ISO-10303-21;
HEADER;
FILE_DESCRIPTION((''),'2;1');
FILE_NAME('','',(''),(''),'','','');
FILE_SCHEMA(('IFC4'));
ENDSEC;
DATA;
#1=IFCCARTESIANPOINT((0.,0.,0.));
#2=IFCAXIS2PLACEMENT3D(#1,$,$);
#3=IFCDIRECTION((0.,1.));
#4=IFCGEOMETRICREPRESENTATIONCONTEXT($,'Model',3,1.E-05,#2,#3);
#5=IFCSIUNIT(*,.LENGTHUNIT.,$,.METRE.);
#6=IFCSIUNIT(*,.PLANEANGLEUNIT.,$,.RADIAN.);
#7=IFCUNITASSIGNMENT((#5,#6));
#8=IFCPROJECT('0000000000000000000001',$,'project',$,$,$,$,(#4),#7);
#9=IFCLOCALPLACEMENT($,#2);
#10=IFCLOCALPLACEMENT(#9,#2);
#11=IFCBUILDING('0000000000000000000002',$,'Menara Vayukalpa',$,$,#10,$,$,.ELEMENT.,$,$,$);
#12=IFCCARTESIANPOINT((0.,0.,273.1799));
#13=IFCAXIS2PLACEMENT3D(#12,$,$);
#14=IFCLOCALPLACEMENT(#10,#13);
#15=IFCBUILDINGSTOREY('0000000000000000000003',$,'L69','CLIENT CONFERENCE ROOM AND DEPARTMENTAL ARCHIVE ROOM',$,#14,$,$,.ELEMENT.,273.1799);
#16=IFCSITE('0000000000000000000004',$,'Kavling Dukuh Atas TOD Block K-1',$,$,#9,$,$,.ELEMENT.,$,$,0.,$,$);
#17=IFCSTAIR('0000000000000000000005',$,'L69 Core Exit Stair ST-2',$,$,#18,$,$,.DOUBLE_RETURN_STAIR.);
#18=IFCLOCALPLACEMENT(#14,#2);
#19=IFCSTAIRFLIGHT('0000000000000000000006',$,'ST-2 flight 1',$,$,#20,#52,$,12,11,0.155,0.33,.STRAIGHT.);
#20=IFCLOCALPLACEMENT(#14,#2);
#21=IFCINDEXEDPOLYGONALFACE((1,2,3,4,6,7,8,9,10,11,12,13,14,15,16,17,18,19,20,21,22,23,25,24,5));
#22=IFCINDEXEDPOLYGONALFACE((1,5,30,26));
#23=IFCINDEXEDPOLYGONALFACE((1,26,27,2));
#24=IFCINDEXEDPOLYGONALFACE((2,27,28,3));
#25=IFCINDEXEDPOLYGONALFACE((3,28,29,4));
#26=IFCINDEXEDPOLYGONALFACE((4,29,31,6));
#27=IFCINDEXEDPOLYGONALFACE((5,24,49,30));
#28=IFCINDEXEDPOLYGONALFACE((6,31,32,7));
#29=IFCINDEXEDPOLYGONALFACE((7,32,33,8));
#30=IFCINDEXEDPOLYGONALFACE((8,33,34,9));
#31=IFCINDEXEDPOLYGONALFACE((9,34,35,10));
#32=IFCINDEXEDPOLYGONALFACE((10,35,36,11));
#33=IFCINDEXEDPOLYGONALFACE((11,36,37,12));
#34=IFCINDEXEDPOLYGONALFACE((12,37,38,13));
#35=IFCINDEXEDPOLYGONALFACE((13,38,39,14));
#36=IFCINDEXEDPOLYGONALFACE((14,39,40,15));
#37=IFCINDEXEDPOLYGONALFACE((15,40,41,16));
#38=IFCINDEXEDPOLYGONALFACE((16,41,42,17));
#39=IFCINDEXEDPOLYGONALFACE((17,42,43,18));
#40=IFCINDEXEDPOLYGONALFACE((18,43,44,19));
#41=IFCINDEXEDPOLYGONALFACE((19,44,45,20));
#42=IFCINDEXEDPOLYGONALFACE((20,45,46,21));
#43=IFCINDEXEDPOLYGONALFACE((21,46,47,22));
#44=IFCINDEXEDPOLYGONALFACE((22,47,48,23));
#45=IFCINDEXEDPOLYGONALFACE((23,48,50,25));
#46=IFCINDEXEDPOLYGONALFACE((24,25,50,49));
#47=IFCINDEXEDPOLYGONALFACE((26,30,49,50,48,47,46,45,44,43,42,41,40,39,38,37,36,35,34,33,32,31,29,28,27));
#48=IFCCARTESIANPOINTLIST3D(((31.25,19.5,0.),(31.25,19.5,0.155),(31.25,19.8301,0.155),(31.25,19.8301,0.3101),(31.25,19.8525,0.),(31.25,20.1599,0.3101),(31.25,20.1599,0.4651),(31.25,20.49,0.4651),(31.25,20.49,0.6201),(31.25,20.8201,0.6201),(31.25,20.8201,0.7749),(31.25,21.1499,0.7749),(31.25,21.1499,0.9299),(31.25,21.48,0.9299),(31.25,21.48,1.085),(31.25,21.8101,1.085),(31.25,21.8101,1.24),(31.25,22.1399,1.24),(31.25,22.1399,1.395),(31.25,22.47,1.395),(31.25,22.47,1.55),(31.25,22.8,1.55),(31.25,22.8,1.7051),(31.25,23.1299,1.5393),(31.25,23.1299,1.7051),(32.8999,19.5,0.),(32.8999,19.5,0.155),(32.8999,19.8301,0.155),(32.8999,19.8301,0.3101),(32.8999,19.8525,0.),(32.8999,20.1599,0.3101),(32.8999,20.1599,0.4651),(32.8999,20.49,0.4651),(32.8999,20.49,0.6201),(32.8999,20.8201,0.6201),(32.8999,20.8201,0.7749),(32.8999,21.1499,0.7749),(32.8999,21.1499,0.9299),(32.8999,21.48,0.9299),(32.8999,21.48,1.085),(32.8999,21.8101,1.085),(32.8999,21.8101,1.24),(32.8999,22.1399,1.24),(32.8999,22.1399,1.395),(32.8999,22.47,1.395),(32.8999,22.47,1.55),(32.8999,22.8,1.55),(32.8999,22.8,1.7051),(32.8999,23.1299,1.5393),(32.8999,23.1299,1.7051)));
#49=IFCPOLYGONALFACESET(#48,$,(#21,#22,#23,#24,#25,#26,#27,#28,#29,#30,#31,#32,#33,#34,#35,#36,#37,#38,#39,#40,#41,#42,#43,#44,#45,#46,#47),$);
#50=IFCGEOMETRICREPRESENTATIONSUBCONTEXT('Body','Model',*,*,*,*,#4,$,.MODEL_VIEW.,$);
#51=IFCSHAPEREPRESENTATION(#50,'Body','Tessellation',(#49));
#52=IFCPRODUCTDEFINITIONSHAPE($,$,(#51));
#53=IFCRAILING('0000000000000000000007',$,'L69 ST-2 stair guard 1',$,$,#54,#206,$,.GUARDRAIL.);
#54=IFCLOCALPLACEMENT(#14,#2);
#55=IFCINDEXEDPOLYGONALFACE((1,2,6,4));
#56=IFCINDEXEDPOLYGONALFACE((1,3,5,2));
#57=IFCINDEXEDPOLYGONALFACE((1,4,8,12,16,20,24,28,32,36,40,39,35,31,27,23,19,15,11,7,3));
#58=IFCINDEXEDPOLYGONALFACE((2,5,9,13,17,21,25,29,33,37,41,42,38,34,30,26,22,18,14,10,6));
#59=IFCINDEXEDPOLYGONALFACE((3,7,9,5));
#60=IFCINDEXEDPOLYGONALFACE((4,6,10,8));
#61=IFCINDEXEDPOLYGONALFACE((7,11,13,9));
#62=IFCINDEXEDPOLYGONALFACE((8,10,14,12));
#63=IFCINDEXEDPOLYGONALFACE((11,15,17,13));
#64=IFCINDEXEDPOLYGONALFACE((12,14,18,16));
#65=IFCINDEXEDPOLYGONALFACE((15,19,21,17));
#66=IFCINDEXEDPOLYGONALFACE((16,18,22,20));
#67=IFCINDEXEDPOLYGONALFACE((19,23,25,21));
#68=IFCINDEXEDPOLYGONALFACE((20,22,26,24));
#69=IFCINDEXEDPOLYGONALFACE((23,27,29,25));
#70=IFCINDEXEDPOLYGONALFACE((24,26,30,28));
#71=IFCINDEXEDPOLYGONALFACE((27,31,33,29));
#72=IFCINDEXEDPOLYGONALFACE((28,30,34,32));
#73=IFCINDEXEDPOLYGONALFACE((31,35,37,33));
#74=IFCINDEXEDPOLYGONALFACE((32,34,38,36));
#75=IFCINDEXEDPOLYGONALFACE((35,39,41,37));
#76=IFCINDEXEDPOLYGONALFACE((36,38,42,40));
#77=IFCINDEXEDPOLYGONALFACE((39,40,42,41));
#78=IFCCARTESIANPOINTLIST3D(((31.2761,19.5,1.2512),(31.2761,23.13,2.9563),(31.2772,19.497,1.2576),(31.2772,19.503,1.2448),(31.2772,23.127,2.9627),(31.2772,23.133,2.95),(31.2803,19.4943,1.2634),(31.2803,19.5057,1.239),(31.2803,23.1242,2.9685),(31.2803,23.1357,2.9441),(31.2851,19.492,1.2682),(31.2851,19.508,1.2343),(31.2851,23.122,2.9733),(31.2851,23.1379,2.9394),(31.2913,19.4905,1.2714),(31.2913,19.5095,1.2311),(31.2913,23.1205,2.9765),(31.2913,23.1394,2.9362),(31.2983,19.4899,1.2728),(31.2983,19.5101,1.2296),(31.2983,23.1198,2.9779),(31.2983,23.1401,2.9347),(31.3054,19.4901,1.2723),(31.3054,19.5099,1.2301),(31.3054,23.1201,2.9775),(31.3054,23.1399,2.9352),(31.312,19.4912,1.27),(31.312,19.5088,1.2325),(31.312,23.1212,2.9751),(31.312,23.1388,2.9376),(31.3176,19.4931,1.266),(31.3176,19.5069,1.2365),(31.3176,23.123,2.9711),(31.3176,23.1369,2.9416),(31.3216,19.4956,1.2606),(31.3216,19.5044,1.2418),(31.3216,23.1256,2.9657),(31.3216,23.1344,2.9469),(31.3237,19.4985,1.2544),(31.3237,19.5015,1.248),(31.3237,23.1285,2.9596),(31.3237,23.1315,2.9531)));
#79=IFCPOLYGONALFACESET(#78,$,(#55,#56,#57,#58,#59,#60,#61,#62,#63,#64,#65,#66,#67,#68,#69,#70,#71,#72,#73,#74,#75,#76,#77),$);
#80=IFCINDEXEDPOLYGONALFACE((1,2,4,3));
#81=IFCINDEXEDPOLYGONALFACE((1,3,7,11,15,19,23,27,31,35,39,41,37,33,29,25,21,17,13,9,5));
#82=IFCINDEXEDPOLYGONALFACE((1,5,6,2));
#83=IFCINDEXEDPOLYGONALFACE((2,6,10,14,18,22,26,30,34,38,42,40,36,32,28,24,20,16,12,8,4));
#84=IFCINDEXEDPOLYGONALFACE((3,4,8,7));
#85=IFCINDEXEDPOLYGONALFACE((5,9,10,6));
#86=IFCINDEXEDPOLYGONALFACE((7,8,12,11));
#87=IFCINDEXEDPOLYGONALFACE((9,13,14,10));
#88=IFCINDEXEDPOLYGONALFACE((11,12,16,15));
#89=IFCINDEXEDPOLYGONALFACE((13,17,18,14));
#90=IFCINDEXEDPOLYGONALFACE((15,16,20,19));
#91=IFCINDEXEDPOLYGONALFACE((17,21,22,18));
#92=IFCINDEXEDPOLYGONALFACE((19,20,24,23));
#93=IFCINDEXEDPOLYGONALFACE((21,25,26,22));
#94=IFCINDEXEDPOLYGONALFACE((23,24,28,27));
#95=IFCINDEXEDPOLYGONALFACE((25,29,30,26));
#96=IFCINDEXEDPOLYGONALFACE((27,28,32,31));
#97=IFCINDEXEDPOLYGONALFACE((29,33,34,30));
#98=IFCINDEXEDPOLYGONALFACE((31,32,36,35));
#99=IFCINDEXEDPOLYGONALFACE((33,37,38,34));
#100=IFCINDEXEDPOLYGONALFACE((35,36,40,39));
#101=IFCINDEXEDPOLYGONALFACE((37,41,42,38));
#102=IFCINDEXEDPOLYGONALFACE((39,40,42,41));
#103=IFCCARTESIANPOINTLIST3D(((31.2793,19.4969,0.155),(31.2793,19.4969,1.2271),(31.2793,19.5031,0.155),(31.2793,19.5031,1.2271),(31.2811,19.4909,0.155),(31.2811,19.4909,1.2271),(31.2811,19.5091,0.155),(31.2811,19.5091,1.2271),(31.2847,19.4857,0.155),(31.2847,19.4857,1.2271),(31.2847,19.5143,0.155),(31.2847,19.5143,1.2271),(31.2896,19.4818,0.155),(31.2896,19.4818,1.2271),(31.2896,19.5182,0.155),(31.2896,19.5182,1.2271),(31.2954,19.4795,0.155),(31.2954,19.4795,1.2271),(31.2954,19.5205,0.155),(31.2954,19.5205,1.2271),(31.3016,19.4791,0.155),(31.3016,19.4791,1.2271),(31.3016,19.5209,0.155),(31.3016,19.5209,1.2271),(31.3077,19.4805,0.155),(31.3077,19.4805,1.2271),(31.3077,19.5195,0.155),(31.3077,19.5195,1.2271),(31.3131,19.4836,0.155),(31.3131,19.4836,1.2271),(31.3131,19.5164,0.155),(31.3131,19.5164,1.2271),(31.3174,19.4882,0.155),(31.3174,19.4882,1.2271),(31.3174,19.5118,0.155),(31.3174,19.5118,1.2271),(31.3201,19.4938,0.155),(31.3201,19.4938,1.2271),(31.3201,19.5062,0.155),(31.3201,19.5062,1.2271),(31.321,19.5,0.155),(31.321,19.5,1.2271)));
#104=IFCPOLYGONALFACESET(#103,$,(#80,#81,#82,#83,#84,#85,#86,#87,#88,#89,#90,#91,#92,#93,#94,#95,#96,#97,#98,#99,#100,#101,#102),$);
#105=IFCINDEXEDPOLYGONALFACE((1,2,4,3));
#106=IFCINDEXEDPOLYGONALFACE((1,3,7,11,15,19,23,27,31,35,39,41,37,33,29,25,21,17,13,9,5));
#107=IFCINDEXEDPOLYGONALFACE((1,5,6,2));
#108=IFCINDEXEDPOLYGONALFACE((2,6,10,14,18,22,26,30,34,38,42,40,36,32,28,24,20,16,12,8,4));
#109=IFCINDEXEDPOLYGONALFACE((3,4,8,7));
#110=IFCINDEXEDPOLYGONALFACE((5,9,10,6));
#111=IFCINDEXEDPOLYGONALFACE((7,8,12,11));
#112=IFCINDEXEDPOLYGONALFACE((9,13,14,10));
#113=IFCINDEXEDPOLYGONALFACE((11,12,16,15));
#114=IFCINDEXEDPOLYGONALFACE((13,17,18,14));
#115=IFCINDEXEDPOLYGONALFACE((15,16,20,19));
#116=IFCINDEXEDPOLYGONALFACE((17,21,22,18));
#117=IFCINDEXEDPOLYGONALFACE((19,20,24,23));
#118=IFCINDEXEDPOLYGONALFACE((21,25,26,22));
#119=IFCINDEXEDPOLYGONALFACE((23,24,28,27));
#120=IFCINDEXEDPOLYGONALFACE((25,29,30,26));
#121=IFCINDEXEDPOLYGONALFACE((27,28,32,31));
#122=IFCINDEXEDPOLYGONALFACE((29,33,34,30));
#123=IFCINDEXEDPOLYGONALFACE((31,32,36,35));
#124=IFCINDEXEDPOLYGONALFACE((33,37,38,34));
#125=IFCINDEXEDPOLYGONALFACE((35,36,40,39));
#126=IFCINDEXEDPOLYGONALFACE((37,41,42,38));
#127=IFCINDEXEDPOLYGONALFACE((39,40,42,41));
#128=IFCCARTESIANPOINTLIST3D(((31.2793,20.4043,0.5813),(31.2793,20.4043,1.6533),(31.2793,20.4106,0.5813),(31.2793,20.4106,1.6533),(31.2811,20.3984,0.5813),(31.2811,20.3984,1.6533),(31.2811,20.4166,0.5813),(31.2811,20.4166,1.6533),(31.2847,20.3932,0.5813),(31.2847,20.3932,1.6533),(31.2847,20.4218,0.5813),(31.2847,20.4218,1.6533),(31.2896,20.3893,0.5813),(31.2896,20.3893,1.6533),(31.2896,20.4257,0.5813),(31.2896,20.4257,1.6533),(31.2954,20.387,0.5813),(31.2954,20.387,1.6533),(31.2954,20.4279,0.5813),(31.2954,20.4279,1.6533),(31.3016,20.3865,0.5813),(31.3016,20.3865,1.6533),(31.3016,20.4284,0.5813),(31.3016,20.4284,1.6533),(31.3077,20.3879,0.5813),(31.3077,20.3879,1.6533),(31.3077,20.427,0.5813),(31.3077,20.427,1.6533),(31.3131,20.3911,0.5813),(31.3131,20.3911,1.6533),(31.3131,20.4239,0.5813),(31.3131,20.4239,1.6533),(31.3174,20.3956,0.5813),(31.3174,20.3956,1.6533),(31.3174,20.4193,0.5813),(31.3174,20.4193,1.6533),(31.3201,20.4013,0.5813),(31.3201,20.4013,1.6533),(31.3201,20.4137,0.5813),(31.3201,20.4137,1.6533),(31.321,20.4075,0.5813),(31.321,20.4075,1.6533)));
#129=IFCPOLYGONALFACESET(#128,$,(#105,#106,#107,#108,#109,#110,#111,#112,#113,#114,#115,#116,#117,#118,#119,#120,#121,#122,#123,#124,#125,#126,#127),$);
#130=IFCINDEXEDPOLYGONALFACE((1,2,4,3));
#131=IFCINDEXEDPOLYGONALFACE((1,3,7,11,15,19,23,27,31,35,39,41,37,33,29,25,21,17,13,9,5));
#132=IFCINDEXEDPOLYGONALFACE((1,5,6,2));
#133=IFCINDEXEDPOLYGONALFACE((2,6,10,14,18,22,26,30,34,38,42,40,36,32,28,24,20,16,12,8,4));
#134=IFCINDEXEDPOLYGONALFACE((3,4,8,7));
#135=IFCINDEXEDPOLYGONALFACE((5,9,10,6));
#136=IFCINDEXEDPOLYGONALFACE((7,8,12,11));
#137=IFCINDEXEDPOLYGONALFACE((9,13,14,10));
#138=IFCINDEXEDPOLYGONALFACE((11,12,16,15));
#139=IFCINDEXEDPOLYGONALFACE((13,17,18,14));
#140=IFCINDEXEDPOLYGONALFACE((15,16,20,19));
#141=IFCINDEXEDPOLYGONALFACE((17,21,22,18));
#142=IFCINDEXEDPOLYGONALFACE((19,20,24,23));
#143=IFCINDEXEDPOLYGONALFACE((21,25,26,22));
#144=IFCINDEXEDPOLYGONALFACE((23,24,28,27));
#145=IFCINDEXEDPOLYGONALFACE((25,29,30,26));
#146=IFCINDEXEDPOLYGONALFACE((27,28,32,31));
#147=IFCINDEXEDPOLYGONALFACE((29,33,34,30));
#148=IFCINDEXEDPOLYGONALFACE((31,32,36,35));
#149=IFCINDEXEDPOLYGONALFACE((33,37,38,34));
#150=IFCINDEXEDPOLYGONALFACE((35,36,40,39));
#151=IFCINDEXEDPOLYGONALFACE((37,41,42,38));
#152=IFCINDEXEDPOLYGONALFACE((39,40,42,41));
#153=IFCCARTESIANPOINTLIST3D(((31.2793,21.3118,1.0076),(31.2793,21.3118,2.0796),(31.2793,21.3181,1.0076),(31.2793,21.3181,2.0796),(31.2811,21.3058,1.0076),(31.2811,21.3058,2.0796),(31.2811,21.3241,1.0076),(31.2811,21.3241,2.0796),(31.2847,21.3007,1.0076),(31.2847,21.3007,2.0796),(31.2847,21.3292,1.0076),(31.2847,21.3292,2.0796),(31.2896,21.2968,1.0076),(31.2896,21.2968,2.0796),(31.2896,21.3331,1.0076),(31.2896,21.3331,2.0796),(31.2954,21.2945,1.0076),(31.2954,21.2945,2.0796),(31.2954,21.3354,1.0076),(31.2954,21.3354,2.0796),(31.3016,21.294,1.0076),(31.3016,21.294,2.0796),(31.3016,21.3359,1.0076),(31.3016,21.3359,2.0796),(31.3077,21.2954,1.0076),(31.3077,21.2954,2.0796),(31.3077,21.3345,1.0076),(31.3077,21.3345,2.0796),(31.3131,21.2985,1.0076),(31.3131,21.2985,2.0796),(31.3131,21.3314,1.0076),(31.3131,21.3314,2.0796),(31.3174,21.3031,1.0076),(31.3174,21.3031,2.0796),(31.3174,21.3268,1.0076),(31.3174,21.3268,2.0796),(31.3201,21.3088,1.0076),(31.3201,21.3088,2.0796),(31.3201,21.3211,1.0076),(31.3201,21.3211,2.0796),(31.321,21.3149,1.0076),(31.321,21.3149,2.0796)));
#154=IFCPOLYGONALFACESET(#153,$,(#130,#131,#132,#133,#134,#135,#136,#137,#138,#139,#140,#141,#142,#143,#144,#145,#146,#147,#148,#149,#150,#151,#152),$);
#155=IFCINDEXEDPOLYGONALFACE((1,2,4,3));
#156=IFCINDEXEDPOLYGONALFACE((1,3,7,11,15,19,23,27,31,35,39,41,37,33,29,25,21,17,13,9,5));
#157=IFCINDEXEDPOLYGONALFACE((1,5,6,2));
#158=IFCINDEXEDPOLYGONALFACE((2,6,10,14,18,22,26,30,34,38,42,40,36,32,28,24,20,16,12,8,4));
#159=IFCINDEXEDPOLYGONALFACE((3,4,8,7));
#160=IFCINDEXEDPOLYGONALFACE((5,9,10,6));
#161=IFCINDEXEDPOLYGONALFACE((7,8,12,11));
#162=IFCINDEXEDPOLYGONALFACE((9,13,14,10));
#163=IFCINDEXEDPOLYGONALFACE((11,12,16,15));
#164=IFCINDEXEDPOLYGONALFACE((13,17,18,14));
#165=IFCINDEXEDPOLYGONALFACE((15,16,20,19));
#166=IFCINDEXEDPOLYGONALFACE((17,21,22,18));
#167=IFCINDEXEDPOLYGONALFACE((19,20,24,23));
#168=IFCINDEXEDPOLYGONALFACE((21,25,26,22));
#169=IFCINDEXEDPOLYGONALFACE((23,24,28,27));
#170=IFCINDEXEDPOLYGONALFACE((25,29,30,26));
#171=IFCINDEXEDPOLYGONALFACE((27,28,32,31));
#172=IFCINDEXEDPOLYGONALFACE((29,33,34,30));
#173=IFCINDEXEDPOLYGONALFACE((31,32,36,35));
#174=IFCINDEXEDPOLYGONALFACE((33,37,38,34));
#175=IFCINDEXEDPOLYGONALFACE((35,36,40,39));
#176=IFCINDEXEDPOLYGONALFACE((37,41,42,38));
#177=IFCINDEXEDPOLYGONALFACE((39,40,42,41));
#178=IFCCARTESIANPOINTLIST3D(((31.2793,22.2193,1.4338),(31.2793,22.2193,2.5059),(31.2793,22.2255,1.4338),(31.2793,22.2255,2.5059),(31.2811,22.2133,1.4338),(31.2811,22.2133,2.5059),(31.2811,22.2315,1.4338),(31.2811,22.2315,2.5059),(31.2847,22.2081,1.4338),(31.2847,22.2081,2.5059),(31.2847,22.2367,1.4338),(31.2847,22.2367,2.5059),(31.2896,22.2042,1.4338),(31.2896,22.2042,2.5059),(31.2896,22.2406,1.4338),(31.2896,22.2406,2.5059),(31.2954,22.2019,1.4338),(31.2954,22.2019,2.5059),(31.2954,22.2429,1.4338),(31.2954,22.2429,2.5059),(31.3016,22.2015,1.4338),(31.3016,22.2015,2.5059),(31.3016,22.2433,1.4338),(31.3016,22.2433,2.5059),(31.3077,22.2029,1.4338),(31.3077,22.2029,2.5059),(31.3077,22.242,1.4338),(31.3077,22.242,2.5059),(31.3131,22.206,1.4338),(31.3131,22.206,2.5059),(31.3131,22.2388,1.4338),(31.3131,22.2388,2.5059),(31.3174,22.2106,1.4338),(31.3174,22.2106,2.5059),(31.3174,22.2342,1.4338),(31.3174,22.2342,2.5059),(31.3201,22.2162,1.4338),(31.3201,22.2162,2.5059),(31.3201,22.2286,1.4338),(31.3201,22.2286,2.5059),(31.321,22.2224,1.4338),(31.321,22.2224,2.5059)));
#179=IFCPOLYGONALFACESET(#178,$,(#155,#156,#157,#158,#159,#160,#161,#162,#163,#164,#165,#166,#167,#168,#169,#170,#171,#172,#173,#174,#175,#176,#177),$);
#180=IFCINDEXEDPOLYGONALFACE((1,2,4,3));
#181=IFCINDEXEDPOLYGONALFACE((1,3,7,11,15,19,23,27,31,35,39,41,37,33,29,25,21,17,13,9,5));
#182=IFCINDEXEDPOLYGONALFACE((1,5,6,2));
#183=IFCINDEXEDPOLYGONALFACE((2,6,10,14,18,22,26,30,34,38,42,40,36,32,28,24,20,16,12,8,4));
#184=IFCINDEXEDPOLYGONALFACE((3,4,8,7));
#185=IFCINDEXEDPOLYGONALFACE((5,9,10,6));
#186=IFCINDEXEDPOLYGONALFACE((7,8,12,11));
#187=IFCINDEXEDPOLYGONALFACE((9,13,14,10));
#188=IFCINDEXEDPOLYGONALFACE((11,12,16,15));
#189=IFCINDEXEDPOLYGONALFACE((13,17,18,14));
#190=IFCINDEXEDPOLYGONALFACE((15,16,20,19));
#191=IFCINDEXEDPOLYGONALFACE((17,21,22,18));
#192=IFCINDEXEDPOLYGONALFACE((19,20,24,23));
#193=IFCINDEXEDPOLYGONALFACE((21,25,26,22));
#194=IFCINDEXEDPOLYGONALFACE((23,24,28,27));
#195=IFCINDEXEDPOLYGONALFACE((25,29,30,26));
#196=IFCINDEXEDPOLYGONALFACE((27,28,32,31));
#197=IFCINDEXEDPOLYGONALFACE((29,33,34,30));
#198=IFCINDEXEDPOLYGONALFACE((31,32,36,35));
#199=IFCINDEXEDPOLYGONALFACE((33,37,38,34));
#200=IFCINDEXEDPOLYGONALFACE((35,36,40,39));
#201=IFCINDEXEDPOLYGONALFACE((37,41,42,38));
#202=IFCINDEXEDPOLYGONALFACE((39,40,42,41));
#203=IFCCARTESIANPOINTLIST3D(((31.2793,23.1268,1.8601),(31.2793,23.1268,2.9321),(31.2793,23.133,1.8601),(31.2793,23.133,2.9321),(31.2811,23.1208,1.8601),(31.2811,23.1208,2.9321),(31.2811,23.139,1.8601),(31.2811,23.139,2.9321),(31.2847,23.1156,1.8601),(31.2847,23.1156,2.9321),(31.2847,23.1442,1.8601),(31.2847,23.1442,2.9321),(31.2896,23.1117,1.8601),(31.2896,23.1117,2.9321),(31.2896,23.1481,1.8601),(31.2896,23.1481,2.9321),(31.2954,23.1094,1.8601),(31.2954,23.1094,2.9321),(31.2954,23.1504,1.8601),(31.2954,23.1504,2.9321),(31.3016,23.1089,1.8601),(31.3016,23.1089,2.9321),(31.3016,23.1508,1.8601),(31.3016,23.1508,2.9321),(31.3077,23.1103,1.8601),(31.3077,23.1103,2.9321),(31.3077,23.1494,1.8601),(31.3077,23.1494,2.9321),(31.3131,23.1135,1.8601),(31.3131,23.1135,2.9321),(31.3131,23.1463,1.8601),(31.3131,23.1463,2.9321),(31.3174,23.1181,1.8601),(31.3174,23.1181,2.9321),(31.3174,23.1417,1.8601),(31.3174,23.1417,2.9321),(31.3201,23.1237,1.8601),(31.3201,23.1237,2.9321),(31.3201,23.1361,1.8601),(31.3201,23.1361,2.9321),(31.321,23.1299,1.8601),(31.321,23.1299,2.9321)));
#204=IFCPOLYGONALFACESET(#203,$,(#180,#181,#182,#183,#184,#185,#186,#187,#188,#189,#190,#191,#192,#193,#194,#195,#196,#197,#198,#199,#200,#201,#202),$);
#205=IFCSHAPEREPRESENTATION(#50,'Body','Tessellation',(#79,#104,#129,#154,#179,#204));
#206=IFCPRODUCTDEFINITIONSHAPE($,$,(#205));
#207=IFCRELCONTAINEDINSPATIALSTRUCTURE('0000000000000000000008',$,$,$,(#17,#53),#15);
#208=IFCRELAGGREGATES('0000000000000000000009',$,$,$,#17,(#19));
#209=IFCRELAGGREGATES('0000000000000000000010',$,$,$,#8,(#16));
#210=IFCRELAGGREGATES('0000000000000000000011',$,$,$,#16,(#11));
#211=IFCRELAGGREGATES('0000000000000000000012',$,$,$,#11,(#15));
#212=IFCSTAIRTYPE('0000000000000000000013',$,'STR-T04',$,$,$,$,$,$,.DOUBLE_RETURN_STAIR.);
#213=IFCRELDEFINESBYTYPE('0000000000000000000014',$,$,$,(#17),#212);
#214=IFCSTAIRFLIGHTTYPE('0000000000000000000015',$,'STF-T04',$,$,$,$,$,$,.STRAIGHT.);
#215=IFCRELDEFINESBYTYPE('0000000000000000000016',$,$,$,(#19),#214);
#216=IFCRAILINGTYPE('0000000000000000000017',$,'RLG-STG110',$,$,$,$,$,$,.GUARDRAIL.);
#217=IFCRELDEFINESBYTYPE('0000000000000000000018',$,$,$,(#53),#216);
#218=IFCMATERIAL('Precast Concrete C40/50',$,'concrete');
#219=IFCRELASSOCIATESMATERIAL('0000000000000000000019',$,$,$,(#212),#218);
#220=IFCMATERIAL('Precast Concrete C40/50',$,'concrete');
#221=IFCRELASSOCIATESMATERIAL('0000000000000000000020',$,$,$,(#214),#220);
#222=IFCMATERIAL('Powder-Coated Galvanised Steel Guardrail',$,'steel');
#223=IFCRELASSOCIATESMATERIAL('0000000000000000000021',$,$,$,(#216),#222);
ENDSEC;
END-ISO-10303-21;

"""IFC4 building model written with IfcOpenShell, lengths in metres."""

from ifc_helpers import new_model, si_unit, direction, frame, origin, origin_2d, place, context, subcontext, project, spatial, polyline, circle, outline, extrude, material, type_object, element, aggregate, save


model = new_model("IFC4")

# Units and contexts
model_context = context("Model", 3, precision=1e-05, world=origin(), true_north=direction((0.0, 1.0)))
body_context = subcontext(model_context, "Body", "Model", "MODEL_VIEW")
ifc_project = project(units=[si_unit("LENGTHUNIT", "METRE"), si_unit("PLANEANGLEUNIT", "RADIAN")], contexts=[model_context])

# Site, building, storey
site_placement = place(None, origin())
site = spatial("IfcSite", under=ifc_project, at=site_placement, Name="Kavling Dukuh Atas TOD Block K-1", CompositionType="ELEMENT", RefElevation=0.0)
building_placement = place(site_placement, origin())
building = spatial("IfcBuilding", under=site, at=building_placement, Name="Menara Vayukalpa", CompositionType="ELEMENT")
storey_placement = place(building_placement, frame((0.0, 0.0, 273.1799)))
storey = spatial("IfcBuildingStorey", under=building, at=storey_placement, Name="L69", Description="CLIENT CONFERENCE ROOM AND DEPARTMENTAL ARCHIVE ROOM", CompositionType="ELEMENT", Elevation=273.1799)

# Stair, stair flight
ifc_material_1 = material(Name="Precast Concrete C40/50", Category="concrete")
stair_type = type_object("IfcStairType", Name="STR-T04", PredefinedType="DOUBLE_RETURN_STAIR", material=ifc_material_1)
stair_placement = place(storey_placement, origin())
stair = element("IfcStair", 1, at=stair_placement, inside=storey, type_object=stair_type, Name="L69 Core Exit Stair ST-2", PredefinedType="DOUBLE_RETURN_STAIR")
ifc_material_2 = material(Name="Precast Concrete C40/50", Category="concrete")
stair_flight_type = type_object("IfcStairFlightType", Name="STF-T04", PredefinedType="STRAIGHT", material=ifc_material_2)
stair_flight_placement = place(storey_placement, frame((32.075, 19.5, 0.0), z_axis=(0.0, 0.0, 1.0), x_axis=(0.0, 1.0, 0.0)))
stair_flight = element("IfcStairFlight", 2, at=stair_flight_placement, type_object=stair_flight_type, Name="ST-2 flight 1", NumberOfRisers=12, NumberOfTreads=11, PredefinedType="STRAIGHT", RiserHeight=0.155, TreadLength=0.33, context=body_context, shape_type="SweptSolid", body=[
    extrude(outline(polyline([(0.0, 0.0), (0.0, 0.155), (0.3301, 0.155), (0.3301, 0.3101), (0.6599, 0.3101), (0.6599, 0.4651), (0.99, 0.4651), (0.99, 0.6201), (1.3201, 0.6201), (1.3201, 0.7749), (1.6499, 0.7749), (1.6499, 0.9299), (1.98, 0.9299), (1.98, 1.085), (2.3101, 1.085), (2.3101, 1.24), (2.6399, 1.24), (2.6399, 1.395), (2.97, 1.395), (2.97, 1.55), (3.3, 1.55), (3.3, 1.7051), (3.6299, 1.7051), (3.6299, 1.8601), (3.6299, 1.5393), (0.3525, 0.0), (0.0, 0.0)])), frame((0.0, 0.825, 0.0), z_axis=(0.0, -1.0, 0.0), x_axis=(1.0, 0.0, 0.0)), (0.0, 0.0, 1.0), 1.6499),
])
aggregate(stair, [stair_flight])

# Railing
ifc_material_3 = material(Name="Powder-Coated Galvanised Steel Guardrail", Category="steel")
railing_type_1 = type_object("IfcRailingType", Name="RLG-STG110", PredefinedType="GUARDRAIL", material=ifc_material_3)
railing_1_placement = place(storey_placement, frame((31.3, 19.5, 0.155)))
element("IfcRailing", 3, at=railing_1_placement, inside=storey, type_object=railing_type_1, Name="L69 ST-2 stair guard 1", PredefinedType="GUARDRAIL", context=body_context, shape_type="SweptSolid", body=[
    extrude(circle(Radius=0.0239, at=origin_2d()), frame((0.0, 0.0, 1.0962), z_axis=(0.0, 0.905116, 0.425164), x_axis=(-1.0, 0.0, 0.0)), (0.0, 0.0, 1.0), 4.0105),
    extrude(circle(Radius=0.021, at=origin_2d()), origin(), (0.0, 0.0, 1.0), 1.072),
    extrude(circle(Radius=0.021, at=origin_2d()), frame((0.0, 0.9075, 0.4263)), (0.0, 0.0, 1.0), 1.072),
    extrude(circle(Radius=0.021, at=origin_2d()), frame((0.0, 1.8149, 0.8525)), (0.0, 0.0, 1.0), 1.072),
    extrude(circle(Radius=0.021, at=origin_2d()), frame((0.0, 2.7224, 1.2788)), (0.0, 0.0, 1.0), 1.072),
    extrude(circle(Radius=0.021, at=origin_2d()), frame((0.0, 3.6299, 1.7051)), (0.0, 0.0, 1.0), 1.072),
])

save(model, "model.ifc")
